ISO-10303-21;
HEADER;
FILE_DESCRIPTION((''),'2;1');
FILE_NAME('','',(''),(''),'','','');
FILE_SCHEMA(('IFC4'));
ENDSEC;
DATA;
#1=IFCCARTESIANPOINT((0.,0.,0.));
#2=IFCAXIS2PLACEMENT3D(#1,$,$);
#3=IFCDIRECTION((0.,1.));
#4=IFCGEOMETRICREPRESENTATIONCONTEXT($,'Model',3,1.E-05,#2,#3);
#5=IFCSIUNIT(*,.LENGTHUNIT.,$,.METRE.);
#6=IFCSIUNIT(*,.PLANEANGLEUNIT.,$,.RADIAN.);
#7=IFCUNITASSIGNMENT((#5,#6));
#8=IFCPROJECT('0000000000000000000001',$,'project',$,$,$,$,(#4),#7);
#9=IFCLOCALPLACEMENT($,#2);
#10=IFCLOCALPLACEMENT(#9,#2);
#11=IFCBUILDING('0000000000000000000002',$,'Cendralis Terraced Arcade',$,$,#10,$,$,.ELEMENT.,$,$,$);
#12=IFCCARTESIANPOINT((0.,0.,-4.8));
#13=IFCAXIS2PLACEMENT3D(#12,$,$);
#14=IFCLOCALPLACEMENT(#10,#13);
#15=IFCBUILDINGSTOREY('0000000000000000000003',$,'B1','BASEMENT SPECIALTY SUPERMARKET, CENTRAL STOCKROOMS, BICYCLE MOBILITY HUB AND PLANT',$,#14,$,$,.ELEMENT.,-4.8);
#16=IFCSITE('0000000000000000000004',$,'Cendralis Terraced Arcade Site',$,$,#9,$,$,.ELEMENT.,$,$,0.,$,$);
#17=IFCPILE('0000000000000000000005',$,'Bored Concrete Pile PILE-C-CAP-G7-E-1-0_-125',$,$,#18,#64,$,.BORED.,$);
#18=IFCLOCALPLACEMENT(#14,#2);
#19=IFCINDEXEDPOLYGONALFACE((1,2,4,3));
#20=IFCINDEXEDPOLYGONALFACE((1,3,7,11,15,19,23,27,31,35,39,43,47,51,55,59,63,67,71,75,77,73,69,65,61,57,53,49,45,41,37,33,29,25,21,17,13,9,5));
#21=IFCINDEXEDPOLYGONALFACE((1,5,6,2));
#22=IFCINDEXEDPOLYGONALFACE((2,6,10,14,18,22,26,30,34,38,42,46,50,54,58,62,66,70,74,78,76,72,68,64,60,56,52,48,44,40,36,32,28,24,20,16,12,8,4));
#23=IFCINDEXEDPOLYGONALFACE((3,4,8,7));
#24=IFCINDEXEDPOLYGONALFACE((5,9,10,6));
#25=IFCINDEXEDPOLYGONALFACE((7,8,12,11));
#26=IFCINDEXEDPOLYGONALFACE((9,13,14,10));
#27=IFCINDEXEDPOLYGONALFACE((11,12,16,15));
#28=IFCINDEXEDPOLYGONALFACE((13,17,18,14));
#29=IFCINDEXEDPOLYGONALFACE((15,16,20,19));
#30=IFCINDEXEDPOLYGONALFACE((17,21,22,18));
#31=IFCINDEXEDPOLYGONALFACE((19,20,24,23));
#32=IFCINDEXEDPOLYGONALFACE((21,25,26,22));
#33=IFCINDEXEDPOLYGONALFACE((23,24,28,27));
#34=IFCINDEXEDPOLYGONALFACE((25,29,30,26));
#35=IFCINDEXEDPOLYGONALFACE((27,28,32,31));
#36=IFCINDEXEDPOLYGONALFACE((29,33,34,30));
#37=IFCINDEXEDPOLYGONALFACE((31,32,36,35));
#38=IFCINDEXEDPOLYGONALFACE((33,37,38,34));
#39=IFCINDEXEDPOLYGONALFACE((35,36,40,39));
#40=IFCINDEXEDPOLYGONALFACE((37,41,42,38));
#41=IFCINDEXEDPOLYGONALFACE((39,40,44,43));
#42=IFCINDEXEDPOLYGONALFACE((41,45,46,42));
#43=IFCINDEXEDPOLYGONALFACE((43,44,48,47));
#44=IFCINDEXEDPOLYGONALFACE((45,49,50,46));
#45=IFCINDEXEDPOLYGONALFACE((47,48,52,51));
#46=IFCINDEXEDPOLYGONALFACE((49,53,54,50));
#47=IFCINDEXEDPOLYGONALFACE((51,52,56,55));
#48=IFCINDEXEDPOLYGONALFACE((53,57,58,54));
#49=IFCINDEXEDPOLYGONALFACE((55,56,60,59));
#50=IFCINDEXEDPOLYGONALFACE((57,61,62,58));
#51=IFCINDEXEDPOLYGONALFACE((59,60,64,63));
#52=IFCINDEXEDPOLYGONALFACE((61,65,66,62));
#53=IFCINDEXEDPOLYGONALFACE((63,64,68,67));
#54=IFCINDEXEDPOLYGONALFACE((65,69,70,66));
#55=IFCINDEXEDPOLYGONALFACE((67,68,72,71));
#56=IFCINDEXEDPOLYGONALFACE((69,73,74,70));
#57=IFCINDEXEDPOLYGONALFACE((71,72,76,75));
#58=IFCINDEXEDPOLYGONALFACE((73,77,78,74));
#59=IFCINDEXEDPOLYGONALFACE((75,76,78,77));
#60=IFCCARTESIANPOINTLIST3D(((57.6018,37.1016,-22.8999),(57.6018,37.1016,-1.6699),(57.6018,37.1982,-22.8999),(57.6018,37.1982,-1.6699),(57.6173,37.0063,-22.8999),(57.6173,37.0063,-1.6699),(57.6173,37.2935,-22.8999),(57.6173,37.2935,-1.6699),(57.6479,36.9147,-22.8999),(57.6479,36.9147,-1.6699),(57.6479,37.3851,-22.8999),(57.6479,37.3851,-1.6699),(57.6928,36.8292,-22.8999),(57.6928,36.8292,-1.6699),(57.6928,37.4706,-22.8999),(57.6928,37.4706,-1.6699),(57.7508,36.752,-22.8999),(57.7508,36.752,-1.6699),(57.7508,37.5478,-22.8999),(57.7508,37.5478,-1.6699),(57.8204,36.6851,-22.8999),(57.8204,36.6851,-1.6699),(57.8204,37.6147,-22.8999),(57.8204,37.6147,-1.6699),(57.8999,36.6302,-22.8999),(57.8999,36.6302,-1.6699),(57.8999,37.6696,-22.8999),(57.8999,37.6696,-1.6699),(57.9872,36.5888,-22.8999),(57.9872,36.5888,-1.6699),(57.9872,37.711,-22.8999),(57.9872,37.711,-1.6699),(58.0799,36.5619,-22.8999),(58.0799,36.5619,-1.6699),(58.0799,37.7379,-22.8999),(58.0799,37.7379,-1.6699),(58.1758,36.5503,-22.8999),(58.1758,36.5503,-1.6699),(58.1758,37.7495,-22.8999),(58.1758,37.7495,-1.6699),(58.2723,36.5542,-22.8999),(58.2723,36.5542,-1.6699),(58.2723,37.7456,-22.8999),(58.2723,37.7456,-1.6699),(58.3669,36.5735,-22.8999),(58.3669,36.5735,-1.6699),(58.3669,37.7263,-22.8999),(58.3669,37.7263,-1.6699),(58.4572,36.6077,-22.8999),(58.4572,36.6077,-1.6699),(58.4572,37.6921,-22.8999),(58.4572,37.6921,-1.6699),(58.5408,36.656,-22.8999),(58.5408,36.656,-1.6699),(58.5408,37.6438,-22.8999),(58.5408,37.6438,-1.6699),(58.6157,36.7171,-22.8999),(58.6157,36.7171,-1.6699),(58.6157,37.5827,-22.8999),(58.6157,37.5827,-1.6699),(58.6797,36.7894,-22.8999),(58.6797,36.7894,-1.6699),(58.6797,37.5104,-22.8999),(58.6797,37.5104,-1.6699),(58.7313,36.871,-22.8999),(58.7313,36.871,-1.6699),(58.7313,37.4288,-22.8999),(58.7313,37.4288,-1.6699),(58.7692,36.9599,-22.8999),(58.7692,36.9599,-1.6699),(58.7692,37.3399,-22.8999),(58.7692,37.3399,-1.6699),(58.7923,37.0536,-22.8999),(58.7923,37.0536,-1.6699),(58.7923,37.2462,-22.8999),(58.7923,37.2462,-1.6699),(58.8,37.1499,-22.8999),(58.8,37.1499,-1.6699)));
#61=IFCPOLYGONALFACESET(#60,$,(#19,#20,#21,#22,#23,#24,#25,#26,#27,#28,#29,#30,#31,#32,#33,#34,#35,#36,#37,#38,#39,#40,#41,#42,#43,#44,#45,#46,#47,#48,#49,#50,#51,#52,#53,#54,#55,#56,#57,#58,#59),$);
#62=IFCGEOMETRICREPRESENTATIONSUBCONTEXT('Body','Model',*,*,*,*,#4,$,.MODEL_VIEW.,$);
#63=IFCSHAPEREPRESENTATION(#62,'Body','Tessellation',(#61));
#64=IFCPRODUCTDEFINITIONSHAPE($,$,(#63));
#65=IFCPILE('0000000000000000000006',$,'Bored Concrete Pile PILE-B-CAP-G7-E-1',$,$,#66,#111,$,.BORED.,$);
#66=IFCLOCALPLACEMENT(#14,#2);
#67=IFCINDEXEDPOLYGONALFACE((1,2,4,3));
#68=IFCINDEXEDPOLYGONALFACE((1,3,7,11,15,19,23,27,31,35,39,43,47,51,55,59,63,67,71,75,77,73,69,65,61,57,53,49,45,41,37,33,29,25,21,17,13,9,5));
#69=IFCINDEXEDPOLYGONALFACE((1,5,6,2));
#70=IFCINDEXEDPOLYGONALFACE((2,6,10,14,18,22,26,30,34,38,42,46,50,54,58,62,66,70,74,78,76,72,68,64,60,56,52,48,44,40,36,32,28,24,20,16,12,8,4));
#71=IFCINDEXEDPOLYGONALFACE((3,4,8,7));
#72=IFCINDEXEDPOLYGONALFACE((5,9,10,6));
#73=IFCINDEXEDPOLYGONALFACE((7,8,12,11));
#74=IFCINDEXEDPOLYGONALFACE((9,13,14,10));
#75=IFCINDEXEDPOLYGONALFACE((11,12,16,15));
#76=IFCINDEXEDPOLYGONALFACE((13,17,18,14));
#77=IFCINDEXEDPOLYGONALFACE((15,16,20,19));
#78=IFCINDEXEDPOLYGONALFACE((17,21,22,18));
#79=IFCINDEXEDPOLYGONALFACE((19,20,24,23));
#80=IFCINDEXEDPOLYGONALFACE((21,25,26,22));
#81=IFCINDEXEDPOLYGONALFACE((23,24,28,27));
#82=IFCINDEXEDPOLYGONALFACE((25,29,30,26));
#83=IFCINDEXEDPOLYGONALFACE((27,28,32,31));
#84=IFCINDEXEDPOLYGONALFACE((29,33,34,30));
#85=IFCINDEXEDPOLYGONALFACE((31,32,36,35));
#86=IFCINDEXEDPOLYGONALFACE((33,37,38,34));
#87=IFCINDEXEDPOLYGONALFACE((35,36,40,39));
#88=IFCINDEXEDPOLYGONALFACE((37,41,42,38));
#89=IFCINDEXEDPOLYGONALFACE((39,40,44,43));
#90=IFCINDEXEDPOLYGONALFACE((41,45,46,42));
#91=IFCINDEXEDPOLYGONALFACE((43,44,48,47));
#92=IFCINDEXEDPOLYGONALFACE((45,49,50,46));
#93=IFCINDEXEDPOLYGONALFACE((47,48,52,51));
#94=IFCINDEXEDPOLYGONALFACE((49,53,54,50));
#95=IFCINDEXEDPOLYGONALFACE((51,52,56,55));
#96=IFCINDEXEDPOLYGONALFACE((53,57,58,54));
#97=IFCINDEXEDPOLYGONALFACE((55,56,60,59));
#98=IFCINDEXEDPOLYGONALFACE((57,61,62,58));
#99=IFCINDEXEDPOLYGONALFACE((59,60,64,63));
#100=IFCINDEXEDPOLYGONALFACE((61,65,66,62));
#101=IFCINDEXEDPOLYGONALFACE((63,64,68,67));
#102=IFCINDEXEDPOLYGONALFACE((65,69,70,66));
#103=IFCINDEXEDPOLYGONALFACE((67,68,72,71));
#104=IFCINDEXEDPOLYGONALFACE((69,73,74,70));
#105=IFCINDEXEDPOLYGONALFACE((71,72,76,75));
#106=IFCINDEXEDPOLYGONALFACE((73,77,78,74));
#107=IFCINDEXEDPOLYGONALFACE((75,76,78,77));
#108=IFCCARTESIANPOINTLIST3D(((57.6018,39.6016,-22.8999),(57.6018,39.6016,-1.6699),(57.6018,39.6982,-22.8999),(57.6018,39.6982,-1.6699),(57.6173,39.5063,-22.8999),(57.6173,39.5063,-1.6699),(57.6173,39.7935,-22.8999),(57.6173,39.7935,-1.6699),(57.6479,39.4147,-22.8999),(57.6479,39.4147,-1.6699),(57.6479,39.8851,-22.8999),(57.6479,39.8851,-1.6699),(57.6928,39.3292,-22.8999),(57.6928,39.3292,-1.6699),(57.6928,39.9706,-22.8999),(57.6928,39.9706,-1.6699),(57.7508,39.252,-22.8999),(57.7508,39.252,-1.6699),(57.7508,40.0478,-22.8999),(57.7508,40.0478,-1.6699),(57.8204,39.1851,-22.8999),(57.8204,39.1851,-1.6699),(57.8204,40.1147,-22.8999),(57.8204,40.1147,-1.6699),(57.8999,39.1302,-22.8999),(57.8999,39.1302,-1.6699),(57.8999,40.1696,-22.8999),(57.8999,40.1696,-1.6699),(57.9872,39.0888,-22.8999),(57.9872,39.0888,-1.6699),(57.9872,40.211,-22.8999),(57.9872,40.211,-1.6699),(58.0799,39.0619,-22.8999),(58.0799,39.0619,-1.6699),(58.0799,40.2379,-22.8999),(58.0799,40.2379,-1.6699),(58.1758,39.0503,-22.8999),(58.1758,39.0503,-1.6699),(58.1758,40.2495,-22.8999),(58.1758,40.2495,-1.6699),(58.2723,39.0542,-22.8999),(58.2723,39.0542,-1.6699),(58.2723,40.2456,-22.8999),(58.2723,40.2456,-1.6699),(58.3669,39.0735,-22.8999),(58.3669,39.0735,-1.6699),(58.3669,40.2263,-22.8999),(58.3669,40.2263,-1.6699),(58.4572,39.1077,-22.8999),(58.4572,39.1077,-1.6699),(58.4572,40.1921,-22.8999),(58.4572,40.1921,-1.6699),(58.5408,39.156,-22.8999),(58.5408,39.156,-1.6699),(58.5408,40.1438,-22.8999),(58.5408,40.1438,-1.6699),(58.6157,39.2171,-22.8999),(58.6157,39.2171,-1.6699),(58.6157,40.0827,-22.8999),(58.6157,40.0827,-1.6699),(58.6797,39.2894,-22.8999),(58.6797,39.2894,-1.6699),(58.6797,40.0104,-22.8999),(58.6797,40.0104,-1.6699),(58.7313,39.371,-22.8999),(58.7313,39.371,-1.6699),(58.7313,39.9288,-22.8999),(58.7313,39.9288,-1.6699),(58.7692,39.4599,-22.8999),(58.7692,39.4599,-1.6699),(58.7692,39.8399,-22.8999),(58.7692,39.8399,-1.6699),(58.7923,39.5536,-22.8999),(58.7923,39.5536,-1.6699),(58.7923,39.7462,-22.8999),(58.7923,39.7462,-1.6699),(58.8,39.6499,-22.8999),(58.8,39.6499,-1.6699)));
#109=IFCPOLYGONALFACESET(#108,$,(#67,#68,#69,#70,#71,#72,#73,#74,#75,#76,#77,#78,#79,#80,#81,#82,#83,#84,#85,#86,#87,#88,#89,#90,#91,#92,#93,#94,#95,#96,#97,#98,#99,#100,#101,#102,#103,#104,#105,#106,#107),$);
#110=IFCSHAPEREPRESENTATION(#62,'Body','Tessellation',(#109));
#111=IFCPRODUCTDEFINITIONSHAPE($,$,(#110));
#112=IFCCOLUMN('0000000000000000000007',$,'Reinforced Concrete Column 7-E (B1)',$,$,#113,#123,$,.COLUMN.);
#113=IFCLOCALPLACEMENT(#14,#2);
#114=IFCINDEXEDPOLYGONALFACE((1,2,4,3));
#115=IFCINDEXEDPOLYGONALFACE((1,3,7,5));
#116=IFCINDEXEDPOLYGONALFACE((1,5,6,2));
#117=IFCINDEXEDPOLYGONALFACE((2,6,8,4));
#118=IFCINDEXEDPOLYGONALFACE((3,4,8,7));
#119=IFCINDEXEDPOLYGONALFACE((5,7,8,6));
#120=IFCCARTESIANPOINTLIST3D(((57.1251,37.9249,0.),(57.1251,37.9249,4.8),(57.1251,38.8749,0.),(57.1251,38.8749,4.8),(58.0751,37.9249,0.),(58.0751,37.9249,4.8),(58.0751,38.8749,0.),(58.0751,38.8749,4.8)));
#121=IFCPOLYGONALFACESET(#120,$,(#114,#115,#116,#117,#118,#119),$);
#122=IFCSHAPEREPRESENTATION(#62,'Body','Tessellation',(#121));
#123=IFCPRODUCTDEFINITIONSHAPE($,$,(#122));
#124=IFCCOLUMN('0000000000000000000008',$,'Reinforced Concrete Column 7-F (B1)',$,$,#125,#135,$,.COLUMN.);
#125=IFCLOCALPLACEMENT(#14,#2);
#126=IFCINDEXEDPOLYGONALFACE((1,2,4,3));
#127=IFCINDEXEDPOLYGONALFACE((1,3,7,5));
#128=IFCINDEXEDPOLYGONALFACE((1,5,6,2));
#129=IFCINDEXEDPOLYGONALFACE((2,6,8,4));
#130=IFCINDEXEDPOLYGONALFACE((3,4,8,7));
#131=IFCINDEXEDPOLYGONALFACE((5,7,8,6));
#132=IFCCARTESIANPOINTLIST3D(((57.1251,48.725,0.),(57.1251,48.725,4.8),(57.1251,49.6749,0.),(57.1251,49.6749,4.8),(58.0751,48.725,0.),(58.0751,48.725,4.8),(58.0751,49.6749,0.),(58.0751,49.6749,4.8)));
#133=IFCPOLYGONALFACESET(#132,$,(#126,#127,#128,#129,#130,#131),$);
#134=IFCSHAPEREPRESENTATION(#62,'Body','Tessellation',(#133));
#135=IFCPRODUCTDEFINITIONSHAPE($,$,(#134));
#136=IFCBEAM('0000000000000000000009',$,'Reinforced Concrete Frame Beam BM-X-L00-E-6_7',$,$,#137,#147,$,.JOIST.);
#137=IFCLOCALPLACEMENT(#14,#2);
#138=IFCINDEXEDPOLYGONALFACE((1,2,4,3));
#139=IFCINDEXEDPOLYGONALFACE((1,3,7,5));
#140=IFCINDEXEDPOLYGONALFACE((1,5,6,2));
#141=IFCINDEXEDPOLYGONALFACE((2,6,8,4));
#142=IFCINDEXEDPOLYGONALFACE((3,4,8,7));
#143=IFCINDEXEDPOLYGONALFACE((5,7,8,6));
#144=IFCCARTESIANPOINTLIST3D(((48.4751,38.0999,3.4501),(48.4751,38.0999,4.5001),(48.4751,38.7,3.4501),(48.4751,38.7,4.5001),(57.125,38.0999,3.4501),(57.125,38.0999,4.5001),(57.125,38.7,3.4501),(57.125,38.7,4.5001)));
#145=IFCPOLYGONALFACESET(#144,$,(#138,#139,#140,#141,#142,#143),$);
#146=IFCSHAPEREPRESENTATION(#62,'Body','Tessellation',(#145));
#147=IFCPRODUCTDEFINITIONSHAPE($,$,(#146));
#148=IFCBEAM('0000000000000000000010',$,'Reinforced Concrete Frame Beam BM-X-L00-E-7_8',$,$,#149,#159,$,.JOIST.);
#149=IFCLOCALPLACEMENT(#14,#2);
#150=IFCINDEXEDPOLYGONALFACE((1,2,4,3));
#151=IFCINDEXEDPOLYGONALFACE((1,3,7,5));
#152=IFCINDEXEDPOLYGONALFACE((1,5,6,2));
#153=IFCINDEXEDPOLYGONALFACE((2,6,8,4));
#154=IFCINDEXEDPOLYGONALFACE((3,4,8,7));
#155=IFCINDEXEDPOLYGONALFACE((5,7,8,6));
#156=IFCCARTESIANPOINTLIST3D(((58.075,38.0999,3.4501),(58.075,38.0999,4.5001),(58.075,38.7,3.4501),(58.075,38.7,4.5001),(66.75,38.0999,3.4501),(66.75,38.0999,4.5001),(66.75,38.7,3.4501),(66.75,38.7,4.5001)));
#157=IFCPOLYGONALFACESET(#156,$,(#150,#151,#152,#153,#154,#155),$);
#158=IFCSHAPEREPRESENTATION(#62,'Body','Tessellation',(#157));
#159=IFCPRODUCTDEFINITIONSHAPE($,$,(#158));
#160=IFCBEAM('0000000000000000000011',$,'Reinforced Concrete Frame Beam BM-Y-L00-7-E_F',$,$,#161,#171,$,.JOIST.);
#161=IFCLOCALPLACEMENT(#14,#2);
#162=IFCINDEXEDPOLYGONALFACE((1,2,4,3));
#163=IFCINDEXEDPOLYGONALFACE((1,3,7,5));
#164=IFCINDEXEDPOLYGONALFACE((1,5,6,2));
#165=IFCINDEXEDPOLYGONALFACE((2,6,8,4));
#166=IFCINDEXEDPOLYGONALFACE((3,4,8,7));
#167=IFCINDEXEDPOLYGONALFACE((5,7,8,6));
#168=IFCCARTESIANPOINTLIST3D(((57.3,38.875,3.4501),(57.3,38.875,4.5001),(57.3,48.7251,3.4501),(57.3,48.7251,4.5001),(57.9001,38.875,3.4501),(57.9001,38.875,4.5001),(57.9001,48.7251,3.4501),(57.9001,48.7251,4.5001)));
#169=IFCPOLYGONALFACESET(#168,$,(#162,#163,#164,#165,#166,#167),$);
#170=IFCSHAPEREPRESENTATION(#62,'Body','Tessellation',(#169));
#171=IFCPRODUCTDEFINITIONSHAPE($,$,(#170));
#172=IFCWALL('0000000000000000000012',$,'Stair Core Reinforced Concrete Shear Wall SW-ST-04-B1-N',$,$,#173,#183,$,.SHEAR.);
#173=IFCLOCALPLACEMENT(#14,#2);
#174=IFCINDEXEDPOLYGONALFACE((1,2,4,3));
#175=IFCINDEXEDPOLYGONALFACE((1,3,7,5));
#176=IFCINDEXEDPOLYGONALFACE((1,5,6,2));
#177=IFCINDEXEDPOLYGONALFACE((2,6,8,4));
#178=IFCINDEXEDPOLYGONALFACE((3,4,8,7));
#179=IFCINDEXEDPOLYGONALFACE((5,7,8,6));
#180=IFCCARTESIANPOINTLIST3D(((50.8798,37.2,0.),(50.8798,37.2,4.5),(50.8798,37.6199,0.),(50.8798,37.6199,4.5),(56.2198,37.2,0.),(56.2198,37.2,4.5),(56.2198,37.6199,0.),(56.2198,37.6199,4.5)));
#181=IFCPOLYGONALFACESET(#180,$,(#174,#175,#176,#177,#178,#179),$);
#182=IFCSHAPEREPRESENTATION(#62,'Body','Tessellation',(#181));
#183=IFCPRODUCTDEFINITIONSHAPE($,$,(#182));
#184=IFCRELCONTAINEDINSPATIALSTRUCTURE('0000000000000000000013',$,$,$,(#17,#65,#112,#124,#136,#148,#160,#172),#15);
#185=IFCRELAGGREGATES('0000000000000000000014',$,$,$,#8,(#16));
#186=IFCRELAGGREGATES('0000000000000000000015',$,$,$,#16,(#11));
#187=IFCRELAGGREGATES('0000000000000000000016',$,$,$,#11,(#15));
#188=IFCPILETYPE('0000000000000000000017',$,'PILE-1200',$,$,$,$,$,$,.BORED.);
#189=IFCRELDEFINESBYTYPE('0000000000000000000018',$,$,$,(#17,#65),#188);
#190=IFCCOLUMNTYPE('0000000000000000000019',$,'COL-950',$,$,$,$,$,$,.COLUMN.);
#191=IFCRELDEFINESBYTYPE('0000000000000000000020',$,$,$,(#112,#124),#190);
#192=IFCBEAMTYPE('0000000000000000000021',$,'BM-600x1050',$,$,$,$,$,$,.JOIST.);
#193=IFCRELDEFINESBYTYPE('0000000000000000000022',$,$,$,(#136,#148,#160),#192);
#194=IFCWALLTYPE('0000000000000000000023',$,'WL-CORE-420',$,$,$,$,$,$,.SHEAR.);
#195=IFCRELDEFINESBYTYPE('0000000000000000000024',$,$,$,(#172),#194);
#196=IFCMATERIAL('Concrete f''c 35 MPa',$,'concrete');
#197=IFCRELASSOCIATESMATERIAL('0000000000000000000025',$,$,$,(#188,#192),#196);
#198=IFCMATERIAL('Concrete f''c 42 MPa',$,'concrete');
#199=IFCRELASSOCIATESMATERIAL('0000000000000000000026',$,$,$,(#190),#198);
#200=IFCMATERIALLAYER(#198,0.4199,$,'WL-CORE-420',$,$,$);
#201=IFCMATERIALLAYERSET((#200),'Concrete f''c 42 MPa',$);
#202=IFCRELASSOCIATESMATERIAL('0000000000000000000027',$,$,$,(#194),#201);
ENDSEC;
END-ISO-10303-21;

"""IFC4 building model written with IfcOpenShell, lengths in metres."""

from ifc_helpers import new_model, si_unit, direction, frame, frame_2d, origin, origin_2d, place, context, subcontext, project, spatial, rectangle, circle, extrude, material, layer, layer_set, material_profile, profile_set, type_object, element, save


model = new_model("IFC4")

# Units and contexts
model_context = context("Model", 3, precision=1e-05, world=origin(), true_north=direction((0.0, 1.0)))
body_context = subcontext(model_context, "Body", "Model", "MODEL_VIEW")
ifc_project = project(units=[si_unit("LENGTHUNIT", "METRE"), si_unit("PLANEANGLEUNIT", "RADIAN")], contexts=[model_context])

# Site, building, storey
site_placement = place(None, origin())
site = spatial("IfcSite", under=ifc_project, at=site_placement, Name="Cendralis Terraced Arcade Site", CompositionType="ELEMENT", RefElevation=0.0)
building_placement = place(site_placement, origin())
building = spatial("IfcBuilding", under=site, at=building_placement, Name="Cendralis Terraced Arcade", CompositionType="ELEMENT")
storey_placement = place(building_placement, frame((0.0, 0.0, -4.8)))
storey = spatial("IfcBuildingStorey", under=building, at=storey_placement, Name="B1", Description="BASEMENT SPECIALTY SUPERMARKET, CENTRAL STOCKROOMS, BICYCLE MOBILITY HUB AND PLANT", CompositionType="ELEMENT", Elevation=-4.8)

# Shared definitions
ifc_material_1 = material(Name="Concrete f'c 35 MPa", Category="concrete")

# Piles
ifc_material_profile_1 = material_profile(ifc_material_1, circle(Radius=0.6001, at=origin_2d()), Name="PILE-D1200", Category="LoadBearing")
ifc_profile_set_1 = profile_set([ifc_material_profile_1], Name="Concrete f'c 35 MPa")
pile_type_1 = type_object("IfcPileType", Name="PILE-1200", PredefinedType="BORED", material=ifc_profile_set_1)
for number, where, z_axis, x_axis, name in (
    (1, (58.2, 37.1499, -1.6699), (0.0, 0.0, -1.0), (1.0, 0.0, 0.0), "Bored Concrete Pile PILE-C-CAP-G7-E-1-0_-125"),
    (2, (58.2, 39.6499, -1.6699), (0.0, 0.0, -1.0), (1.0, 0.0, 0.0), "Bored Concrete Pile PILE-B-CAP-G7-E-1"),
):
    element("IfcPile", number, at=place(storey_placement, frame(where, z_axis=z_axis, x_axis=x_axis)), inside=storey, type_object=pile_type_1, Name=name, PredefinedType="BORED", context=body_context, shape_type="SweptSolid", body=[
        extrude(circle(Radius=0.6001, at=origin_2d()), origin(), (0.0, 0.0, 1.0), 21.23),
    ])

# Columns
ifc_material_2 = material(Name="Concrete f'c 42 MPa", Category="concrete")
ifc_material_profile_2 = material_profile(ifc_material_2, rectangle(XDim=0.95, YDim=0.95, at=origin_2d()), Name="RC-COL-950x950", Category="LoadBearing")
ifc_profile_set_2 = profile_set([ifc_material_profile_2], Name="Concrete f'c 42 MPa")
column_type = type_object("IfcColumnType", Name="COL-950", PredefinedType="COLUMN", material=ifc_profile_set_2)
for number, where, z_axis, x_axis, name in (
    (3, (57.6001, 38.3999, 0.0), (0.0, 0.0, 1.0), (1.0, 0.0, 0.0), "Reinforced Concrete Column 7-E (B1)"),
    (4, (57.6001, 49.2, 0.0), (0.0, 0.0, 1.0), (1.0, 0.0, 0.0), "Reinforced Concrete Column 7-F (B1)"),
):
    element("IfcColumn", number, at=place(storey_placement, frame(where, z_axis=z_axis, x_axis=x_axis)), inside=storey, type_object=column_type, Name=name, PredefinedType="COLUMN", context=body_context, shape_type="SweptSolid", body=[
        extrude(rectangle(XDim=0.95, YDim=0.95, at=origin_2d()), origin(), (0.0, 0.0, 1.0), 4.8),
    ])

# Beams
ifc_material_profile_3 = material_profile(ifc_material_1, rectangle(XDim=0.6001, YDim=1.05, at=origin_2d()), Name="RC-BM-600x1050", Category="LoadBearing")
ifc_profile_set_3 = profile_set([ifc_material_profile_3], Name="Concrete f'c 35 MPa")
beam_type = type_object("IfcBeamType", Name="BM-600x1050", PredefinedType="JOIST", material=ifc_profile_set_3)
beam_1_placement = place(storey_placement, frame((48.4751, 38.3999, 3.9751), z_axis=(1.0, 0.0, 0.0), x_axis=(0.0, 1.0, 0.0)))
element("IfcBeam", 5, at=beam_1_placement, inside=storey, type_object=beam_type, Name="Reinforced Concrete Frame Beam BM-X-L00-E-6_7", PredefinedType="JOIST", context=body_context, shape_type="SweptSolid", body=[
    extrude(rectangle(XDim=0.6001, YDim=1.05, at=origin_2d()), origin(), (0.0, 0.0, 1.0), 8.6499),
])
beam_2_placement = place(storey_placement, frame((58.075, 38.3999, 3.9751), z_axis=(1.0, 0.0, 0.0), x_axis=(0.0, 1.0, 0.0)))
element("IfcBeam", 6, at=beam_2_placement, inside=storey, type_object=beam_type, Name="Reinforced Concrete Frame Beam BM-X-L00-E-7_8", PredefinedType="JOIST", context=body_context, shape_type="SweptSolid", body=[
    extrude(rectangle(XDim=0.6001, YDim=1.05, at=origin_2d()), origin(), (0.0, 0.0, 1.0), 8.675),
])
beam_3_placement = place(storey_placement, frame((57.6001, 38.875, 3.9751), z_axis=(0.0, 1.0, 0.0), x_axis=(-1.0, 0.0, 0.0)))
element("IfcBeam", 7, at=beam_3_placement, inside=storey, type_object=beam_type, Name="Reinforced Concrete Frame Beam BM-Y-L00-7-E_F", PredefinedType="JOIST", context=body_context, shape_type="SweptSolid", body=[
    extrude(rectangle(XDim=0.6001, YDim=1.05, at=origin_2d()), origin(), (0.0, 0.0, 1.0), 9.8501),
])

# Wall
ifc_layer = layer(ifc_material_2, 0.4199, Name="WL-CORE-420")
ifc_layer_set = layer_set([ifc_layer], Name="Concrete f'c 42 MPa")
wall_type = type_object("IfcWallType", Name="WL-CORE-420", PredefinedType="SHEAR", material=ifc_layer_set)
wall_placement = place(storey_placement, frame((50.8799, 37.4099, 0.0), z_axis=(0.0, 0.0, 1.0), x_axis=(1.0, 0.0, 0.0)))
element("IfcWall", 8, at=wall_placement, inside=storey, type_object=wall_type, Name="Stair Core Reinforced Concrete Shear Wall SW-ST-04-B1-N", PredefinedType="SHEAR", context=body_context, shape_type="SweptSolid", body=[
    extrude(rectangle(XDim=5.3401, YDim=0.4199, at=frame_2d((2.6699, 0.0))), origin(), (0.0, 0.0, 1.0), 4.5),
])

save(model, "model.ifc")
